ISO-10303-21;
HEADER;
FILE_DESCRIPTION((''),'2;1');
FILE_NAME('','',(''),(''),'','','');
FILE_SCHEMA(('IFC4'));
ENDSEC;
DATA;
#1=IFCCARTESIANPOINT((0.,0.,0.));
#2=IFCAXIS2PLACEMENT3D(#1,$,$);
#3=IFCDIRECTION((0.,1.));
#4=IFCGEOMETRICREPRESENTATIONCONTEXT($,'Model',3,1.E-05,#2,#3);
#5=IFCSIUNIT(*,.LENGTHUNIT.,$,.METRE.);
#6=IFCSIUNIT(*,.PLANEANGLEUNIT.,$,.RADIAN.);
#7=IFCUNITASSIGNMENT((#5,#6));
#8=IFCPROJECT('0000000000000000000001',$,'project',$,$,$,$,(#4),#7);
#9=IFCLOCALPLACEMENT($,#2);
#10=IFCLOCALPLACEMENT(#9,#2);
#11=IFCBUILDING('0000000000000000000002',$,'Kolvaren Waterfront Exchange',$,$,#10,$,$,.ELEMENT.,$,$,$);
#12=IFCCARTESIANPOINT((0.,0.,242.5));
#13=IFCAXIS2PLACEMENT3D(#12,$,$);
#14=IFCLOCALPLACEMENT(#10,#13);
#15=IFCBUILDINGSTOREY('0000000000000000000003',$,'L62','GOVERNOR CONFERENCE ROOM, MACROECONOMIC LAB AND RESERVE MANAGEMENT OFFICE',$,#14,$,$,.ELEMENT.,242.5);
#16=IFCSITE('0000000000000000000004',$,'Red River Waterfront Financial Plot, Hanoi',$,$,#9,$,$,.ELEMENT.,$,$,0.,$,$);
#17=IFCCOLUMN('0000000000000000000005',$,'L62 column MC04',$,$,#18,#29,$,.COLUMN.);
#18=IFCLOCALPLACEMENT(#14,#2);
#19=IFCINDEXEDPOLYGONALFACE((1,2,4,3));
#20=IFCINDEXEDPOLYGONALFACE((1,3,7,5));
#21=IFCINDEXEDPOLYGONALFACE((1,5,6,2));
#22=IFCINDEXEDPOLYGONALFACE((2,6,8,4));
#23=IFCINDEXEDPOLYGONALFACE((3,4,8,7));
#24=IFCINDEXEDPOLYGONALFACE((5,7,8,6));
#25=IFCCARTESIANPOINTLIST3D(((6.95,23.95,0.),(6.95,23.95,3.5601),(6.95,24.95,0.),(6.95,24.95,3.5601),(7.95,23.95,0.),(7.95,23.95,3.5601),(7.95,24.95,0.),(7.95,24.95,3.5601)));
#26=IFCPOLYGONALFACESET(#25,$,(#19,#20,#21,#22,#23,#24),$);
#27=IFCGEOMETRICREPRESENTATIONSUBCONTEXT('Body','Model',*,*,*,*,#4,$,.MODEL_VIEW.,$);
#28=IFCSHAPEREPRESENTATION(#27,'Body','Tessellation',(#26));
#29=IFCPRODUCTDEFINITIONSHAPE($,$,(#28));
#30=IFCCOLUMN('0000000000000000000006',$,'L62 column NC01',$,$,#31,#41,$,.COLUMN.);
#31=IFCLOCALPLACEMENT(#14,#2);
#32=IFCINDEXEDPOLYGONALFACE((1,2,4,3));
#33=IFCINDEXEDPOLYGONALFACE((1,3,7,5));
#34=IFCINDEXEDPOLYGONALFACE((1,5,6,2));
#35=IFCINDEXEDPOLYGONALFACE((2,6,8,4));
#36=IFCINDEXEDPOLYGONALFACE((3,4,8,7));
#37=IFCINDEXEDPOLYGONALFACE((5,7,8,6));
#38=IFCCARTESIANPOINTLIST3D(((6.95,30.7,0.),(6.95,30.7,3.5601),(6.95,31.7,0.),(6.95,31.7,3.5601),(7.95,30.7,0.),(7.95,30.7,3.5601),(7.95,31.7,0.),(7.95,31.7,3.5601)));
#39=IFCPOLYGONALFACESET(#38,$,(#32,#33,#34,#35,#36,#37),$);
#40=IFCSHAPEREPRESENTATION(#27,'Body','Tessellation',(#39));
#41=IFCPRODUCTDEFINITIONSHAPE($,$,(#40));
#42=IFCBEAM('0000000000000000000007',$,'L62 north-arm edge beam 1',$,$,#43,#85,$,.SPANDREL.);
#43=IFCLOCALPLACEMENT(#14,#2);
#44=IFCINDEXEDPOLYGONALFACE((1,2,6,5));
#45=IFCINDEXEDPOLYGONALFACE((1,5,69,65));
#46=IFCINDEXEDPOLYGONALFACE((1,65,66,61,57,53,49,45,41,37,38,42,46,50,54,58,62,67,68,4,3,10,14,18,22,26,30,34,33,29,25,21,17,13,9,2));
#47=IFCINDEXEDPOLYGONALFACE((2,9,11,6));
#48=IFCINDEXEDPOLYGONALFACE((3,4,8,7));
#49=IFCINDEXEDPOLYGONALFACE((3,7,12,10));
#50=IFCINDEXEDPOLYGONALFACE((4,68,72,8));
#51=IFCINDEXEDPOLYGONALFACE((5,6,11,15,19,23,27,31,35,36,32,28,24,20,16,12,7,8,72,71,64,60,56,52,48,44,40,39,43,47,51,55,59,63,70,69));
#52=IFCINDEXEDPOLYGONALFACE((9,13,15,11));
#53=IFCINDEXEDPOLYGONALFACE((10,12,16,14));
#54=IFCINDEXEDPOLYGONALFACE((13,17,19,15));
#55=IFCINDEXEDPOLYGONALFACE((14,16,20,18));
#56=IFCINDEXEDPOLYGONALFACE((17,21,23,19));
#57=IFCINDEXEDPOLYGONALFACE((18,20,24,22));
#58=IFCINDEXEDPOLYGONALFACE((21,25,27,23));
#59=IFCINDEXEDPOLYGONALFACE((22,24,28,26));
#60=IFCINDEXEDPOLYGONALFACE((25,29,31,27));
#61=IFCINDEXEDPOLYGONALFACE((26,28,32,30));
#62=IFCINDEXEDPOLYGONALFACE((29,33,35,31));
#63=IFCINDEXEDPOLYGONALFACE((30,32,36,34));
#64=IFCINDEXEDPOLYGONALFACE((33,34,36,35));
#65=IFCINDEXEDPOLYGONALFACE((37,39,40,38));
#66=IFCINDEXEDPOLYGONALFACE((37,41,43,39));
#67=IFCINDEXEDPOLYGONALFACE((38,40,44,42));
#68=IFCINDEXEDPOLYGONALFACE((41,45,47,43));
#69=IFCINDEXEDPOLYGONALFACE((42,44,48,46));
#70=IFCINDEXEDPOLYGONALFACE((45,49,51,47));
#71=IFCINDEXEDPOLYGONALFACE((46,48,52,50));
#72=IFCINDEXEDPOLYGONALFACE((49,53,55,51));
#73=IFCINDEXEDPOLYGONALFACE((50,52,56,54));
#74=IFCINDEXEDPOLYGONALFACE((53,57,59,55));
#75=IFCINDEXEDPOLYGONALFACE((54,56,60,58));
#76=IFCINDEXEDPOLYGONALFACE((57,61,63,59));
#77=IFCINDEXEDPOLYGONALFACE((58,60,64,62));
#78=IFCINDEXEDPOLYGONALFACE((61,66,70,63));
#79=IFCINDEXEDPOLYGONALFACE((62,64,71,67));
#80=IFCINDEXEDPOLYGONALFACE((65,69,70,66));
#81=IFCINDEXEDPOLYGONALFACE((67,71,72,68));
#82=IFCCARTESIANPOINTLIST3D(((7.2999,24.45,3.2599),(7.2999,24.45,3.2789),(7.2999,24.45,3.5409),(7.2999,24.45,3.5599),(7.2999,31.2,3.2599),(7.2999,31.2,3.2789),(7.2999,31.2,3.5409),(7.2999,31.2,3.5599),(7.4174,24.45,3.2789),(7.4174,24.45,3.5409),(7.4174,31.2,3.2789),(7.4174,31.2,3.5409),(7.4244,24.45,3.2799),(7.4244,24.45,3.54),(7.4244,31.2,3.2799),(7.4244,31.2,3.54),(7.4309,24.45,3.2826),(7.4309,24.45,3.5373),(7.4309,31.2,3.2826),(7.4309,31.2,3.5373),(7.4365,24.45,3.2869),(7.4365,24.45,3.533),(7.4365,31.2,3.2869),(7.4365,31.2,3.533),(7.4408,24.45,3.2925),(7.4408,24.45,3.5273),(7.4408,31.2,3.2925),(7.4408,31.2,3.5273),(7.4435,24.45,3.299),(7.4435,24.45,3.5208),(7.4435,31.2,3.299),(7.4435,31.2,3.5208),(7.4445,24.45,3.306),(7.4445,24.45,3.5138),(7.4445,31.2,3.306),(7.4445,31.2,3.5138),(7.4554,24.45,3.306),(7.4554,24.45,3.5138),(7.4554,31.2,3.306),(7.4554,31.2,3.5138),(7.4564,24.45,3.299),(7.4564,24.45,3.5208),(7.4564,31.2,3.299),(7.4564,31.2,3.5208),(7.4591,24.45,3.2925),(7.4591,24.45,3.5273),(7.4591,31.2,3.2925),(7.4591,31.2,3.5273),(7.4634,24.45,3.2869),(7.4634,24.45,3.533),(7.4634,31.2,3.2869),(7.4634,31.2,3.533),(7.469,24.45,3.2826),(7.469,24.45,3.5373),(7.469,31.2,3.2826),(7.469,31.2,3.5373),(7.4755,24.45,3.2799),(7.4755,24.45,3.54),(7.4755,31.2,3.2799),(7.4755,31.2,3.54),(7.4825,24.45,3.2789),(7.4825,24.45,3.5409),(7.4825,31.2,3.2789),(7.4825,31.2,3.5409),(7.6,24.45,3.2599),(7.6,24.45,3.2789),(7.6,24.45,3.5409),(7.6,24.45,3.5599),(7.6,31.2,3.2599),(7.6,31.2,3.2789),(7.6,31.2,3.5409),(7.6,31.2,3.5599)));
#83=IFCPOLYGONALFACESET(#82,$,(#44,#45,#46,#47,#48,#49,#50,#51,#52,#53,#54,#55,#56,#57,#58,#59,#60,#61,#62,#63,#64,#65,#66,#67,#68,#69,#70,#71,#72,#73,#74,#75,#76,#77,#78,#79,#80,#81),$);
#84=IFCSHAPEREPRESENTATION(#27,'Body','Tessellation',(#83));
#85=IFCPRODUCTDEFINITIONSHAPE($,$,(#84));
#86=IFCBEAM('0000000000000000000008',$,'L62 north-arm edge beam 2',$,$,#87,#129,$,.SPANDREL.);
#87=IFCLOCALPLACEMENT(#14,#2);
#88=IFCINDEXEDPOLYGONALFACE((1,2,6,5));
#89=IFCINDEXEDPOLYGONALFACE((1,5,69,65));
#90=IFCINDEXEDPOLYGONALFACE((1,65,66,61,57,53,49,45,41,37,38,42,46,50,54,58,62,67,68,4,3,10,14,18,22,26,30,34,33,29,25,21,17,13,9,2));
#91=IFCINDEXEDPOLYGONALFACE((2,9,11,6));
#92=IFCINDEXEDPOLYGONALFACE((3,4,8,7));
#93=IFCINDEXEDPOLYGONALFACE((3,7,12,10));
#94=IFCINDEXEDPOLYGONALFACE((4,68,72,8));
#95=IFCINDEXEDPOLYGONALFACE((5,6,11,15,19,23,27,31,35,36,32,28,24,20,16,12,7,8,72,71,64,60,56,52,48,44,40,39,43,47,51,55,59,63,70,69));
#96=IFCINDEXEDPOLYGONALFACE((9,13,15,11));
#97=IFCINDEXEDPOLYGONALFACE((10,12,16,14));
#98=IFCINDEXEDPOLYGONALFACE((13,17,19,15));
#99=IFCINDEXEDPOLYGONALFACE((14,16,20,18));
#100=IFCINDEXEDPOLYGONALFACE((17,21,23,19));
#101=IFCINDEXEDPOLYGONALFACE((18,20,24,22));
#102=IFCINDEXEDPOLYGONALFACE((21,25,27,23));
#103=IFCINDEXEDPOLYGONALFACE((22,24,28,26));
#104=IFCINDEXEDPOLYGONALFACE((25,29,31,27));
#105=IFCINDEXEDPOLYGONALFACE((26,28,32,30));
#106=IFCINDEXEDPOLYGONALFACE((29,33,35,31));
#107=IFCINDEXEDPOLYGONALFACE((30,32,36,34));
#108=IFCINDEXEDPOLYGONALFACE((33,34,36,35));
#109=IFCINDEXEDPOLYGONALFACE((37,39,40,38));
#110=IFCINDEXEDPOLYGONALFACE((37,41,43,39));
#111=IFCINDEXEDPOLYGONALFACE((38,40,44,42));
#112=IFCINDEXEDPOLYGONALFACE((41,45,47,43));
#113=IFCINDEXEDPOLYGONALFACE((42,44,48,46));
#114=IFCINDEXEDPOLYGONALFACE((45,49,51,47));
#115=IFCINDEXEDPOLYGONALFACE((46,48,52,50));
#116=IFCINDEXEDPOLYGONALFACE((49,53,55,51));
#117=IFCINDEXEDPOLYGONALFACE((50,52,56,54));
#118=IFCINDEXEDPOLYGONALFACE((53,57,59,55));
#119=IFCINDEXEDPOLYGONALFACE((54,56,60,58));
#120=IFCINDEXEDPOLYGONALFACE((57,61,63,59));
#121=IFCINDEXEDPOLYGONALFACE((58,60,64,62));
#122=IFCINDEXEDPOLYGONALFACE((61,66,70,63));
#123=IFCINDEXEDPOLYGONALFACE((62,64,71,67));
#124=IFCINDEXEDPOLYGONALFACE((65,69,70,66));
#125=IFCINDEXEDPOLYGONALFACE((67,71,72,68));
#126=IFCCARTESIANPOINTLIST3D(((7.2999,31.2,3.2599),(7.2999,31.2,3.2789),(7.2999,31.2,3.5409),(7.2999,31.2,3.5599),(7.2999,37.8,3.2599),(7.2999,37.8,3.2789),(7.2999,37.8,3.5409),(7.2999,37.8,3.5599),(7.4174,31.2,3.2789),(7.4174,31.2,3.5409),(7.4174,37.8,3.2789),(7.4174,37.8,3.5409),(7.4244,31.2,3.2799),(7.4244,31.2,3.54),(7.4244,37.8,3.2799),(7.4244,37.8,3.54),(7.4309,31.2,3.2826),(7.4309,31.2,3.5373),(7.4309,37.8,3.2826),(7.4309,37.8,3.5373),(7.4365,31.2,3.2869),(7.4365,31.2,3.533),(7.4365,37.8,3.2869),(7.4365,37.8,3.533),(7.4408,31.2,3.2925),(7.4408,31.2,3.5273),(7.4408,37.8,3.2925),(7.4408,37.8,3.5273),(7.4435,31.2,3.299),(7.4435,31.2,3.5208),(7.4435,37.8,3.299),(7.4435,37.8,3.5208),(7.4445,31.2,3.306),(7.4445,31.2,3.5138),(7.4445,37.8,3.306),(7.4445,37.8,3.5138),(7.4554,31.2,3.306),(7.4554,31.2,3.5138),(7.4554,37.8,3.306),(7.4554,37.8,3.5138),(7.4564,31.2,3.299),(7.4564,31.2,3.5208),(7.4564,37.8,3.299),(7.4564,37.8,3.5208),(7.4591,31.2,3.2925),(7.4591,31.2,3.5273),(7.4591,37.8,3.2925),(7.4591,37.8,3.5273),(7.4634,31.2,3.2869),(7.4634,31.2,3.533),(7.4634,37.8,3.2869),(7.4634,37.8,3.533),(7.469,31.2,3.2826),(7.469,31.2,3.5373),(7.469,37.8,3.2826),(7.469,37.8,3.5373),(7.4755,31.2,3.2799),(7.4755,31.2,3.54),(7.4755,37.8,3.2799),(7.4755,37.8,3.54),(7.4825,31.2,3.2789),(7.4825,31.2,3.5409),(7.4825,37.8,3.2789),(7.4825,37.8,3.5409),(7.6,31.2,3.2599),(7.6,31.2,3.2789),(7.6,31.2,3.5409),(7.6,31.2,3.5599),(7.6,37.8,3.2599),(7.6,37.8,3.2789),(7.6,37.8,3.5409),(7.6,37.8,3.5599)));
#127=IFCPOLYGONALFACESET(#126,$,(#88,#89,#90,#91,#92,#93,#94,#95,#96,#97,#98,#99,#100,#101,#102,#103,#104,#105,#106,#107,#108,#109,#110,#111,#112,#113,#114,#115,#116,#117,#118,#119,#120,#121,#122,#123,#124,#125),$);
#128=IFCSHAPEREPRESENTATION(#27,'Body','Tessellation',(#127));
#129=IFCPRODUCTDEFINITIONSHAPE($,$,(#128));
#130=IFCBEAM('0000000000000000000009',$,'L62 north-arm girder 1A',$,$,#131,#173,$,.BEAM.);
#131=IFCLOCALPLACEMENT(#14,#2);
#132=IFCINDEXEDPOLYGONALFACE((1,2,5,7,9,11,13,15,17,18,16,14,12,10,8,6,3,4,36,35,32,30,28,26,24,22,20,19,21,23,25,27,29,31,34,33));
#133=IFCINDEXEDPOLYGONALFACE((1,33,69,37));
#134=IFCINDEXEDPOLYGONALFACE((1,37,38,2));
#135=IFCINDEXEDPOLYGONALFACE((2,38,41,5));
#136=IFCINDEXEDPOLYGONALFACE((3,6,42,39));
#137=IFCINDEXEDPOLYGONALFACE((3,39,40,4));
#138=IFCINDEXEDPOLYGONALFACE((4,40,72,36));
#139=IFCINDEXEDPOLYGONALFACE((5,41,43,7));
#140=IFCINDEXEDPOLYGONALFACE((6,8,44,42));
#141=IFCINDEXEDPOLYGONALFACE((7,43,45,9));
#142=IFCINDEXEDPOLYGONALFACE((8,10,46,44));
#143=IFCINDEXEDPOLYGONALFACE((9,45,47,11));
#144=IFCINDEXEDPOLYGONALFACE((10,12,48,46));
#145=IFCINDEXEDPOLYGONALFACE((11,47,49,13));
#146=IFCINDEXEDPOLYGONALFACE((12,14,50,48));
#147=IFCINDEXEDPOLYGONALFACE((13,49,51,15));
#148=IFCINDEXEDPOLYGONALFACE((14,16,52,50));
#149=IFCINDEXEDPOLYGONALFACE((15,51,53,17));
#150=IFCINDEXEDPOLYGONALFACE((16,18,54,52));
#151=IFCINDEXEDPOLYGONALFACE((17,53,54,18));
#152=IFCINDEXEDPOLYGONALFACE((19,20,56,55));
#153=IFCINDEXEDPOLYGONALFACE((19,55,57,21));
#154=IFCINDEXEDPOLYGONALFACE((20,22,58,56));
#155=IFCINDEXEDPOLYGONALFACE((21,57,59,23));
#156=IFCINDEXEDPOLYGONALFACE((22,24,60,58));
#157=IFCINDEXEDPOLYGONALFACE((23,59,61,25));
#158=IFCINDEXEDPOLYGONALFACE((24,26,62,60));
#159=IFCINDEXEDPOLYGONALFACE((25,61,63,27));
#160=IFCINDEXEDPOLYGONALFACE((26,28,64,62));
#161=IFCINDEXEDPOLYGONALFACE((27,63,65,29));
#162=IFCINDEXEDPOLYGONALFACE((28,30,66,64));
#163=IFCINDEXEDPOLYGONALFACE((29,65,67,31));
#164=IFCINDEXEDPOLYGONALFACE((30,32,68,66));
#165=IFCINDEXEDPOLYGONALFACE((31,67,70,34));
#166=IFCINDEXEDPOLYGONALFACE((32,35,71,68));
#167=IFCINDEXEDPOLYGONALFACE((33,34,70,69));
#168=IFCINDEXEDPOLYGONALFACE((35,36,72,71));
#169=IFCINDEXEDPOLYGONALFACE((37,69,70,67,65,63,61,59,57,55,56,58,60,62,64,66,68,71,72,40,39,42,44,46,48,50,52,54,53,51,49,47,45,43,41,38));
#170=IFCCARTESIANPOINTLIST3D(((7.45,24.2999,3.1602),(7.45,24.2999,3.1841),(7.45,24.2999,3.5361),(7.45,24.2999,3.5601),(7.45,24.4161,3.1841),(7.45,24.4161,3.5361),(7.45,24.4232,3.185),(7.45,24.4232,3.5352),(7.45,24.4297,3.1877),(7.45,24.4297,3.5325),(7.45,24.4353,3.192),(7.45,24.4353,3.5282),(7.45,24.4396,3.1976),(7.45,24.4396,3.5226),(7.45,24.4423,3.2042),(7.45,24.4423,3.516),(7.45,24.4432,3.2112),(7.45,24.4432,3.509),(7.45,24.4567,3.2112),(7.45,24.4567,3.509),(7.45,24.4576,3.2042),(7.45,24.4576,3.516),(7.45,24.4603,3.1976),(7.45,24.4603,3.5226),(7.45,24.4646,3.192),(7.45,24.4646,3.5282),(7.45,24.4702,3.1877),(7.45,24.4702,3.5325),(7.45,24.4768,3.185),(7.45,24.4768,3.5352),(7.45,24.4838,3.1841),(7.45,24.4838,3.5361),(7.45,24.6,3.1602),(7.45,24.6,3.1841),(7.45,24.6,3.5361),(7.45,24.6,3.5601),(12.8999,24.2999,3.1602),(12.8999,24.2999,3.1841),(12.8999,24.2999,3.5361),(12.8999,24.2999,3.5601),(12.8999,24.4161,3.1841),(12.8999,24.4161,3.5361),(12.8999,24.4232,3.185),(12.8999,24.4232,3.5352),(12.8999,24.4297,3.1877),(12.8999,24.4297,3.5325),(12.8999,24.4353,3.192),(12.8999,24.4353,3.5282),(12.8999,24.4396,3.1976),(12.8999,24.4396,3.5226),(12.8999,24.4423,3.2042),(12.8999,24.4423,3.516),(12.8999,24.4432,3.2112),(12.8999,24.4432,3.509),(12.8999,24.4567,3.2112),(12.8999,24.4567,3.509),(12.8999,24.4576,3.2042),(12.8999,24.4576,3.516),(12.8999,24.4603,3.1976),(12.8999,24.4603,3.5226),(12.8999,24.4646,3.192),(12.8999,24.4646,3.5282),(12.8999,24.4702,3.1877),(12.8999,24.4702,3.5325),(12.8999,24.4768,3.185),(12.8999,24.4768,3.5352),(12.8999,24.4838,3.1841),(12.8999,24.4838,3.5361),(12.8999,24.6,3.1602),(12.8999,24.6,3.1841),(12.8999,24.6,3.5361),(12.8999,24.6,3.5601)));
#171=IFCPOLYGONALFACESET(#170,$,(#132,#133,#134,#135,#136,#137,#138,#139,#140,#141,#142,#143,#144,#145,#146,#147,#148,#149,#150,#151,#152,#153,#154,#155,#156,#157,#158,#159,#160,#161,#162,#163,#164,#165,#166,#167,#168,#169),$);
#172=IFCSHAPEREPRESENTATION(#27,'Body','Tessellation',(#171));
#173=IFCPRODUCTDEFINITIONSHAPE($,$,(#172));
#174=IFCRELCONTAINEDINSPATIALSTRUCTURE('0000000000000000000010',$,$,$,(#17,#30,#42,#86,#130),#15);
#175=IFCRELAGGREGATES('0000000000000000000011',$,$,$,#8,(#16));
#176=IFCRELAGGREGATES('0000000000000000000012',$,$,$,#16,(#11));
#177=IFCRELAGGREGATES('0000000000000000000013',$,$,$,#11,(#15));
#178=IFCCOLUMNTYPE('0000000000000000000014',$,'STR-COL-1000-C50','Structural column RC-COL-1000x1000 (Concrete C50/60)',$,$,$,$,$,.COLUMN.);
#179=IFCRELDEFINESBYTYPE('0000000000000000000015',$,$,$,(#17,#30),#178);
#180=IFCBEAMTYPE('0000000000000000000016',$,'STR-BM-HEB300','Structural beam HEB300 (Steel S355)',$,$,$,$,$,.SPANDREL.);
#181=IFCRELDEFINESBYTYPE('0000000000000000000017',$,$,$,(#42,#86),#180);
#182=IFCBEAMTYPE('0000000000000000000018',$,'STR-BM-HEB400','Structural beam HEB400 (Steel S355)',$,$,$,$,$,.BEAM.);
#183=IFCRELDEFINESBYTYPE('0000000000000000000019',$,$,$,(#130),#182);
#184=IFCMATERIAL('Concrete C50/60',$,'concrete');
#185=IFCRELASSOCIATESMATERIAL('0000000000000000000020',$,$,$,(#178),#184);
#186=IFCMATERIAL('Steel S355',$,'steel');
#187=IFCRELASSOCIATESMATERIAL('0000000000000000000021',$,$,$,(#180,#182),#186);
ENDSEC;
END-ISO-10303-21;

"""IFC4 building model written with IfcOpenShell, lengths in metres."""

from ifc_helpers import new_model, si_unit, direction, frame, origin, origin_2d, place, context, subcontext, project, spatial, rectangle, i_section, extrude, material, material_profile, profile_set, type_object, element, save


model = new_model("IFC4")

# Units and contexts
model_context = context("Model", 3, precision=1e-05, world=origin(), true_north=direction((0.0, 1.0)))
body_context = subcontext(model_context, "Body", "Model", "MODEL_VIEW")
ifc_project = project(units=[si_unit("LENGTHUNIT", "METRE"), si_unit("PLANEANGLEUNIT", "RADIAN")], contexts=[model_context])

# Site, building, storey
site_placement = place(None, origin())
site = spatial("IfcSite", under=ifc_project, at=site_placement, Name="Red River Waterfront Financial Plot, Hanoi", CompositionType="ELEMENT", RefElevation=0.0)
building_placement = place(site_placement, origin())
building = spatial("IfcBuilding", under=site, at=building_placement, Name="Kolvaren Waterfront Exchange", CompositionType="ELEMENT")
storey_placement = place(building_placement, frame((0.0, 0.0, 242.5)))
storey = spatial("IfcBuildingStorey", under=building, at=storey_placement, Name="L62", Description="GOVERNOR CONFERENCE ROOM, MACROECONOMIC LAB AND RESERVE MANAGEMENT OFFICE", CompositionType="ELEMENT", Elevation=242.5)

# Columns
ifc_material_1 = material(Name="Concrete C50/60", Category="concrete")
ifc_material_profile_1 = material_profile(ifc_material_1, rectangle(XDim=1.0, YDim=1.0, at=origin_2d()), Name="RC-COL-1000x1000")
ifc_profile_set_1 = profile_set([ifc_material_profile_1], Name="Concrete C50/60")
column_type = type_object("IfcColumnType", Name="STR-COL-1000-C50", Description="Structural column RC-COL-1000x1000 (Concrete C50/60)", PredefinedType="COLUMN", material=ifc_profile_set_1)
for number, where, z_axis, x_axis, name in (
    (1, (7.45, 24.45, 0.0), (0.0, 0.0, 1.0), (1.0, 0.0, 0.0), "L62 column MC04"),
    (2, (7.45, 31.2, 0.0), (0.0, 0.0, 1.0), (1.0, 0.0, 0.0), "L62 column NC01"),
):
    element("IfcColumn", number, at=place(storey_placement, frame(where, z_axis=z_axis, x_axis=x_axis)), inside=storey, type_object=column_type, Name=name, PredefinedType="COLUMN", context=body_context, shape_type="SweptSolid", body=[
        extrude(rectangle(XDim=1.0, YDim=1.0, at=origin_2d()), origin(), (0.0, 0.0, 1.0), 3.5601),
    ])

# Beams
ifc_material_2 = material(Name="Steel S355", Category="steel")
ifc_material_profile_2 = material_profile(ifc_material_2, i_section(OverallWidth=0.3, OverallDepth=0.3, WebThickness=0.011, FlangeThickness=0.019, FilletRadius=0.0271, at=origin_2d()), Name="HEB300")
ifc_profile_set_2 = profile_set([ifc_material_profile_2], Name="Steel S355")
beam_type_1 = type_object("IfcBeamType", Name="STR-BM-HEB300", Description="Structural beam HEB300 (Steel S355)", PredefinedType="SPANDREL", material=ifc_profile_set_2)
beam_1_placement = place(storey_placement, frame((7.45, 24.45, 3.4099), z_axis=(0.0, 1.0, 0.0), x_axis=(-1.0, 0.0, 0.0)))
element("IfcBeam", 3, at=beam_1_placement, inside=storey, type_object=beam_type_1, Name="L62 north-arm edge beam 1", PredefinedType="SPANDREL", context=body_context, shape_type="SweptSolid", body=[
    extrude(i_section(OverallWidth=0.3, OverallDepth=0.3, WebThickness=0.011, FlangeThickness=0.019, FilletRadius=0.0271, at=origin_2d()), origin(), (0.0, 0.0, 1.0), 6.75),
])
beam_2_placement = place(storey_placement, frame((7.45, 31.2, 3.4099), z_axis=(0.0, 1.0, 0.0), x_axis=(-1.0, 0.0, 0.0)))
element("IfcBeam", 4, at=beam_2_placement, inside=storey, type_object=beam_type_1, Name="L62 north-arm edge beam 2", PredefinedType="SPANDREL", context=body_context, shape_type="SweptSolid", body=[
    extrude(i_section(OverallWidth=0.3, OverallDepth=0.3, WebThickness=0.011, FlangeThickness=0.019, FilletRadius=0.0271, at=origin_2d()), origin(), (0.0, 0.0, 1.0), 6.6001),
])
ifc_material_profile_3 = material_profile(ifc_material_2, i_section(OverallWidth=0.3, OverallDepth=0.3999, WebThickness=0.0134, FlangeThickness=0.0239, FilletRadius=0.0271, at=origin_2d()), Name="HEB400")
ifc_profile_set_3 = profile_set([ifc_material_profile_3], Name="Steel S355")
beam_type_2 = type_object("IfcBeamType", Name="STR-BM-HEB400", Description="Structural beam HEB400 (Steel S355)", PredefinedType="BEAM", material=ifc_profile_set_3)
for number, where, z_axis, x_axis, name in (
    (5, (7.45, 24.45, 3.3601), (1.0, 0.0, 0.0), (0.0, 1.0, 0.0), "L62 north-arm girder 1A"),
):
    element("IfcBeam", number, at=place(storey_placement, frame(where, z_axis=z_axis, x_axis=x_axis)), inside=storey, type_object=beam_type_2, Name=name, PredefinedType="BEAM", context=body_context, shape_type="SweptSolid", body=[
        extrude(i_section(OverallWidth=0.3, OverallDepth=0.3999, WebThickness=0.0134, FlangeThickness=0.0239, FilletRadius=0.0271, at=origin_2d()), origin(), (0.0, 0.0, 1.0), 5.45),
    ])

save(model, "model.ifc")
